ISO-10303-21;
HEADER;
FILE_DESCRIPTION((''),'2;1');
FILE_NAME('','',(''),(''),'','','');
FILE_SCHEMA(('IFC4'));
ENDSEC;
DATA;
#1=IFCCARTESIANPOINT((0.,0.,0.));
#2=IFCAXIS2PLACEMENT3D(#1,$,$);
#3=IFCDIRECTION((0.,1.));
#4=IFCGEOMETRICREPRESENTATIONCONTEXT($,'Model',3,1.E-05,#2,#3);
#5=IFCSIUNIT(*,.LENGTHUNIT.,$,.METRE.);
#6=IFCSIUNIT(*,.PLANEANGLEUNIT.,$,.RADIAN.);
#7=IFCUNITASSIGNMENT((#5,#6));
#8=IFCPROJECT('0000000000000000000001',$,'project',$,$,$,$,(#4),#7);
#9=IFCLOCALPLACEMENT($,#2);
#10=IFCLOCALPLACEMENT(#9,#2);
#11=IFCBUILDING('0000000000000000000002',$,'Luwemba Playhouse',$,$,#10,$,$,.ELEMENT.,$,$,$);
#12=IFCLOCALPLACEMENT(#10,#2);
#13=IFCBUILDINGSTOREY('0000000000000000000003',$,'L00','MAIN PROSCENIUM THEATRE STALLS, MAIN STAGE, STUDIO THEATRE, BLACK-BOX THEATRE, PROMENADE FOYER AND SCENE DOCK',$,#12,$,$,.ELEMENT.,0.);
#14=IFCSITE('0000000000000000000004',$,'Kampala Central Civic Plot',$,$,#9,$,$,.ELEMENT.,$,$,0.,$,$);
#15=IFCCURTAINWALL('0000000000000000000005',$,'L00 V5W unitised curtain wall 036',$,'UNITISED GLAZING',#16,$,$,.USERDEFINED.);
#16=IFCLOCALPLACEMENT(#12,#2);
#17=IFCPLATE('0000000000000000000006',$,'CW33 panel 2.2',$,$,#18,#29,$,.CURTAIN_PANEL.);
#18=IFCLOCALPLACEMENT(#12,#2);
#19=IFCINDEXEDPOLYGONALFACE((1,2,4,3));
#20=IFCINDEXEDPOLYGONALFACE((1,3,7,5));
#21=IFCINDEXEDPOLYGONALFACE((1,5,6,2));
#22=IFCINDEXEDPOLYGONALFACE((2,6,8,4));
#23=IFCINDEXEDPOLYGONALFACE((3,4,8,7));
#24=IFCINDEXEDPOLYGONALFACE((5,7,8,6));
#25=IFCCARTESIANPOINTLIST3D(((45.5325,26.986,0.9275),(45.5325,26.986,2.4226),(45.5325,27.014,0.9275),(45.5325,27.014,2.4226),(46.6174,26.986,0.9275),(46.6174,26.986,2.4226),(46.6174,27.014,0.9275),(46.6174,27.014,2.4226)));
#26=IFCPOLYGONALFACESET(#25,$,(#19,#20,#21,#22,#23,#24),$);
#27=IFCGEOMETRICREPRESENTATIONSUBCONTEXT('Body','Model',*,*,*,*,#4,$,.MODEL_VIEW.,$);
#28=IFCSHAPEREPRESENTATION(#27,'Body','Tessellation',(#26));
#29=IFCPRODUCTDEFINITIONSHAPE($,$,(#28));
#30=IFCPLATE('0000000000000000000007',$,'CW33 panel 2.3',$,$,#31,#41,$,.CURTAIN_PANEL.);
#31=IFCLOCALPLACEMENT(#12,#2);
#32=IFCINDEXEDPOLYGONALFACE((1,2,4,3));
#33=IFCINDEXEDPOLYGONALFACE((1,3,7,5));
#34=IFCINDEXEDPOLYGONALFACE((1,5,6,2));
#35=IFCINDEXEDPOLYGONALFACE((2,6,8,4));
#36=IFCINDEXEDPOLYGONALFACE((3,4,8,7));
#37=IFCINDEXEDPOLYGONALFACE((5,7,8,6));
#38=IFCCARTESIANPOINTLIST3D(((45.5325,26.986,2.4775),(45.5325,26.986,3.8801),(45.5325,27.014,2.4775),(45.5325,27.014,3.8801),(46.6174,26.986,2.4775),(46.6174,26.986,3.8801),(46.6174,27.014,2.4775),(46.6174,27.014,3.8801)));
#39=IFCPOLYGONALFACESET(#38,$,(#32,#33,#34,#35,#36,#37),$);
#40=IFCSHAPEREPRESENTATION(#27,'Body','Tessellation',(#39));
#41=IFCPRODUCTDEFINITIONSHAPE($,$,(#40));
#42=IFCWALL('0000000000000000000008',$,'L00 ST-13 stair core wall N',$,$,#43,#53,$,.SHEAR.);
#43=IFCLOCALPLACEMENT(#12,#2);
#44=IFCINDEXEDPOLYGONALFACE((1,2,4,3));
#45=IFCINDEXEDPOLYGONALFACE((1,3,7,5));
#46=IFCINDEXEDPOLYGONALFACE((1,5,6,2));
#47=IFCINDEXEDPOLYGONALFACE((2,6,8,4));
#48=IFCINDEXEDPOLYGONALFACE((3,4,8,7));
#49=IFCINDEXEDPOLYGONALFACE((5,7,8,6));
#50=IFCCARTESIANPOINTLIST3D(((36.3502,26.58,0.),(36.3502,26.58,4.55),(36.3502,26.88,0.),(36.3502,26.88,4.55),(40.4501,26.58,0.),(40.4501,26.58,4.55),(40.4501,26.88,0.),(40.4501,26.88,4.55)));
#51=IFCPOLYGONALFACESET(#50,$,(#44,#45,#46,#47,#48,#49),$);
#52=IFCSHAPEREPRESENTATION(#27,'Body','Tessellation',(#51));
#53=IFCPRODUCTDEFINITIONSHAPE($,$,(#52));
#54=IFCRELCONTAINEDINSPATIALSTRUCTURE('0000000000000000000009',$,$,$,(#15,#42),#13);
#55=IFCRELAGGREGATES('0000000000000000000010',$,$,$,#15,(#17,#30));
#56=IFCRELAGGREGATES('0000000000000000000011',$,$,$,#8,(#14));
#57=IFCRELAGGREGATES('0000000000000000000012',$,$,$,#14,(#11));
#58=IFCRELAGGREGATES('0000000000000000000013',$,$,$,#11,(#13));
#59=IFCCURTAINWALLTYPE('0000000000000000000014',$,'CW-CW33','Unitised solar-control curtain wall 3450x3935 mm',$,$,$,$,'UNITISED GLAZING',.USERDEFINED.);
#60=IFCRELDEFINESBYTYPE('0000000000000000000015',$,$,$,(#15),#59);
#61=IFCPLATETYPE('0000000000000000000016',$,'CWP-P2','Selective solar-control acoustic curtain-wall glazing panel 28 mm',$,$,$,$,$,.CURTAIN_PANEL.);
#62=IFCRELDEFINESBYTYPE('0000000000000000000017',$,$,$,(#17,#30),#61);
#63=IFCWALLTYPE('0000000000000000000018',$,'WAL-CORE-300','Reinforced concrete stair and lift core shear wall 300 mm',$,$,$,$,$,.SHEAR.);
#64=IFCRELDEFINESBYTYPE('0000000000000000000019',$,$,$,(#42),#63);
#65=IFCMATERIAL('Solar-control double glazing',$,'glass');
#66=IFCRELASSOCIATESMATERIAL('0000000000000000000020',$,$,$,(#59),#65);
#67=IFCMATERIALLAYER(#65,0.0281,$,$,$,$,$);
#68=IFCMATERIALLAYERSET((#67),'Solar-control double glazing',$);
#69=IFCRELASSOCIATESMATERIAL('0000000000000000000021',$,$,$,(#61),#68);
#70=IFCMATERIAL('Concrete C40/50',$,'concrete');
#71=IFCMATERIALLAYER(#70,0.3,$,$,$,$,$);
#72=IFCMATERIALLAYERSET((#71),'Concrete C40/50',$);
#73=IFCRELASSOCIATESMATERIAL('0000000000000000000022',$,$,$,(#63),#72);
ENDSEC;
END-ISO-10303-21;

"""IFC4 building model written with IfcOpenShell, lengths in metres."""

from ifc_helpers import new_model, si_unit, direction, frame, frame_2d, origin, origin_2d, place, context, subcontext, project, spatial, rectangle, extrude, material, layer, layer_set, type_object, element, aggregate, save


model = new_model("IFC4")

# Units and contexts
model_context = context("Model", 3, precision=1e-05, world=origin(), true_north=direction((0.0, 1.0)))
body_context = subcontext(model_context, "Body", "Model", "MODEL_VIEW")
ifc_project = project(units=[si_unit("LENGTHUNIT", "METRE"), si_unit("PLANEANGLEUNIT", "RADIAN")], contexts=[model_context])

# Site, building, storey
site_placement = place(None, origin())
site = spatial("IfcSite", under=ifc_project, at=site_placement, Name="Kampala Central Civic Plot", CompositionType="ELEMENT", RefElevation=0.0)
building_placement = place(site_placement, origin())
building = spatial("IfcBuilding", under=site, at=building_placement, Name="Luwemba Playhouse", CompositionType="ELEMENT")
storey_placement = place(building_placement, origin())
storey = spatial("IfcBuildingStorey", under=building, at=storey_placement, Name="L00", Description="MAIN PROSCENIUM THEATRE STALLS, MAIN STAGE, STUDIO THEATRE, BLACK-BOX THEATRE, PROMENADE FOYER AND SCENE DOCK", CompositionType="ELEMENT", Elevation=0.0)

# Shared definitions
ifc_material_1 = material(Name="Concrete C40/50", Category="concrete")

# Curtain wall, plates
ifc_material_2 = material(Name="Solar-control double glazing", Category="glass")
curtain_wall_type = type_object("IfcCurtainWallType", Name="CW-CW33", Description="Unitised solar-control curtain wall 3450x3935 mm", ElementType="UNITISED GLAZING", PredefinedType="USERDEFINED", material=ifc_material_2)
curtain_wall_placement = place(storey_placement, origin())
curtain_wall = element("IfcCurtainWall", 1, at=curtain_wall_placement, inside=storey, type_object=curtain_wall_type, Name="L00 V5W unitised curtain wall 036", ObjectType="UNITISED GLAZING", PredefinedType="USERDEFINED")
ifc_layer_1 = layer(ifc_material_2, 0.0281)
ifc_layer_set_1 = layer_set([ifc_layer_1], Name="Solar-control double glazing")
plate_type = type_object("IfcPlateType", Name="CWP-P2", Description="Selective solar-control acoustic curtain-wall glazing panel 28 mm", PredefinedType="CURTAIN_PANEL", material=ifc_layer_set_1)
plate_1_placement = place(storey_placement, frame((46.075, 27.0, 0.9275), z_axis=(0.0, 0.0, 1.0), x_axis=(1.0, 0.0, 0.0)))
plate_1 = element("IfcPlate", 2, at=plate_1_placement, type_object=plate_type, Name="CW33 panel 2.2", PredefinedType="CURTAIN_PANEL", context=body_context, shape_type="SweptSolid", body=[
    extrude(rectangle(XDim=1.085, YDim=0.0281, at=origin_2d()), origin(), (0.0, 0.0, 1.0), 1.4951),
])
plate_2_placement = place(storey_placement, frame((46.075, 27.0, 2.4775), z_axis=(0.0, 0.0, 1.0), x_axis=(1.0, 0.0, 0.0)))
plate_2 = element("IfcPlate", 3, at=plate_2_placement, type_object=plate_type, Name="CW33 panel 2.3", PredefinedType="CURTAIN_PANEL", context=body_context, shape_type="SweptSolid", body=[
    extrude(rectangle(XDim=1.085, YDim=0.0281, at=origin_2d()), origin(), (0.0, 0.0, 1.0), 1.4026),
])
aggregate(curtain_wall, [plate_1, plate_2])

# Wall
ifc_layer_2 = layer(ifc_material_1, 0.3)
ifc_layer_set_2 = layer_set([ifc_layer_2], Name="Concrete C40/50")
wall_type_1 = type_object("IfcWallType", Name="WAL-CORE-300", Description="Reinforced concrete stair and lift core shear wall 300 mm", PredefinedType="SHEAR", material=ifc_layer_set_2)
wall_1_placement = place(storey_placement, frame((40.45, 26.73, 0.0), z_axis=(0.0, 0.0, 1.0), x_axis=(-1.0, 0.0, 0.0)))
element("IfcWall", 4, at=wall_1_placement, inside=storey, type_object=wall_type_1, Name="L00 ST-13 stair core wall N", PredefinedType="SHEAR", context=body_context, shape_type="SweptSolid", body=[
    extrude(rectangle(XDim=4.0999, YDim=0.3, at=frame_2d((2.0498, 0.0))), origin(), (0.0, 0.0, 1.0), 4.55),
])

save(model, "model.ifc")
